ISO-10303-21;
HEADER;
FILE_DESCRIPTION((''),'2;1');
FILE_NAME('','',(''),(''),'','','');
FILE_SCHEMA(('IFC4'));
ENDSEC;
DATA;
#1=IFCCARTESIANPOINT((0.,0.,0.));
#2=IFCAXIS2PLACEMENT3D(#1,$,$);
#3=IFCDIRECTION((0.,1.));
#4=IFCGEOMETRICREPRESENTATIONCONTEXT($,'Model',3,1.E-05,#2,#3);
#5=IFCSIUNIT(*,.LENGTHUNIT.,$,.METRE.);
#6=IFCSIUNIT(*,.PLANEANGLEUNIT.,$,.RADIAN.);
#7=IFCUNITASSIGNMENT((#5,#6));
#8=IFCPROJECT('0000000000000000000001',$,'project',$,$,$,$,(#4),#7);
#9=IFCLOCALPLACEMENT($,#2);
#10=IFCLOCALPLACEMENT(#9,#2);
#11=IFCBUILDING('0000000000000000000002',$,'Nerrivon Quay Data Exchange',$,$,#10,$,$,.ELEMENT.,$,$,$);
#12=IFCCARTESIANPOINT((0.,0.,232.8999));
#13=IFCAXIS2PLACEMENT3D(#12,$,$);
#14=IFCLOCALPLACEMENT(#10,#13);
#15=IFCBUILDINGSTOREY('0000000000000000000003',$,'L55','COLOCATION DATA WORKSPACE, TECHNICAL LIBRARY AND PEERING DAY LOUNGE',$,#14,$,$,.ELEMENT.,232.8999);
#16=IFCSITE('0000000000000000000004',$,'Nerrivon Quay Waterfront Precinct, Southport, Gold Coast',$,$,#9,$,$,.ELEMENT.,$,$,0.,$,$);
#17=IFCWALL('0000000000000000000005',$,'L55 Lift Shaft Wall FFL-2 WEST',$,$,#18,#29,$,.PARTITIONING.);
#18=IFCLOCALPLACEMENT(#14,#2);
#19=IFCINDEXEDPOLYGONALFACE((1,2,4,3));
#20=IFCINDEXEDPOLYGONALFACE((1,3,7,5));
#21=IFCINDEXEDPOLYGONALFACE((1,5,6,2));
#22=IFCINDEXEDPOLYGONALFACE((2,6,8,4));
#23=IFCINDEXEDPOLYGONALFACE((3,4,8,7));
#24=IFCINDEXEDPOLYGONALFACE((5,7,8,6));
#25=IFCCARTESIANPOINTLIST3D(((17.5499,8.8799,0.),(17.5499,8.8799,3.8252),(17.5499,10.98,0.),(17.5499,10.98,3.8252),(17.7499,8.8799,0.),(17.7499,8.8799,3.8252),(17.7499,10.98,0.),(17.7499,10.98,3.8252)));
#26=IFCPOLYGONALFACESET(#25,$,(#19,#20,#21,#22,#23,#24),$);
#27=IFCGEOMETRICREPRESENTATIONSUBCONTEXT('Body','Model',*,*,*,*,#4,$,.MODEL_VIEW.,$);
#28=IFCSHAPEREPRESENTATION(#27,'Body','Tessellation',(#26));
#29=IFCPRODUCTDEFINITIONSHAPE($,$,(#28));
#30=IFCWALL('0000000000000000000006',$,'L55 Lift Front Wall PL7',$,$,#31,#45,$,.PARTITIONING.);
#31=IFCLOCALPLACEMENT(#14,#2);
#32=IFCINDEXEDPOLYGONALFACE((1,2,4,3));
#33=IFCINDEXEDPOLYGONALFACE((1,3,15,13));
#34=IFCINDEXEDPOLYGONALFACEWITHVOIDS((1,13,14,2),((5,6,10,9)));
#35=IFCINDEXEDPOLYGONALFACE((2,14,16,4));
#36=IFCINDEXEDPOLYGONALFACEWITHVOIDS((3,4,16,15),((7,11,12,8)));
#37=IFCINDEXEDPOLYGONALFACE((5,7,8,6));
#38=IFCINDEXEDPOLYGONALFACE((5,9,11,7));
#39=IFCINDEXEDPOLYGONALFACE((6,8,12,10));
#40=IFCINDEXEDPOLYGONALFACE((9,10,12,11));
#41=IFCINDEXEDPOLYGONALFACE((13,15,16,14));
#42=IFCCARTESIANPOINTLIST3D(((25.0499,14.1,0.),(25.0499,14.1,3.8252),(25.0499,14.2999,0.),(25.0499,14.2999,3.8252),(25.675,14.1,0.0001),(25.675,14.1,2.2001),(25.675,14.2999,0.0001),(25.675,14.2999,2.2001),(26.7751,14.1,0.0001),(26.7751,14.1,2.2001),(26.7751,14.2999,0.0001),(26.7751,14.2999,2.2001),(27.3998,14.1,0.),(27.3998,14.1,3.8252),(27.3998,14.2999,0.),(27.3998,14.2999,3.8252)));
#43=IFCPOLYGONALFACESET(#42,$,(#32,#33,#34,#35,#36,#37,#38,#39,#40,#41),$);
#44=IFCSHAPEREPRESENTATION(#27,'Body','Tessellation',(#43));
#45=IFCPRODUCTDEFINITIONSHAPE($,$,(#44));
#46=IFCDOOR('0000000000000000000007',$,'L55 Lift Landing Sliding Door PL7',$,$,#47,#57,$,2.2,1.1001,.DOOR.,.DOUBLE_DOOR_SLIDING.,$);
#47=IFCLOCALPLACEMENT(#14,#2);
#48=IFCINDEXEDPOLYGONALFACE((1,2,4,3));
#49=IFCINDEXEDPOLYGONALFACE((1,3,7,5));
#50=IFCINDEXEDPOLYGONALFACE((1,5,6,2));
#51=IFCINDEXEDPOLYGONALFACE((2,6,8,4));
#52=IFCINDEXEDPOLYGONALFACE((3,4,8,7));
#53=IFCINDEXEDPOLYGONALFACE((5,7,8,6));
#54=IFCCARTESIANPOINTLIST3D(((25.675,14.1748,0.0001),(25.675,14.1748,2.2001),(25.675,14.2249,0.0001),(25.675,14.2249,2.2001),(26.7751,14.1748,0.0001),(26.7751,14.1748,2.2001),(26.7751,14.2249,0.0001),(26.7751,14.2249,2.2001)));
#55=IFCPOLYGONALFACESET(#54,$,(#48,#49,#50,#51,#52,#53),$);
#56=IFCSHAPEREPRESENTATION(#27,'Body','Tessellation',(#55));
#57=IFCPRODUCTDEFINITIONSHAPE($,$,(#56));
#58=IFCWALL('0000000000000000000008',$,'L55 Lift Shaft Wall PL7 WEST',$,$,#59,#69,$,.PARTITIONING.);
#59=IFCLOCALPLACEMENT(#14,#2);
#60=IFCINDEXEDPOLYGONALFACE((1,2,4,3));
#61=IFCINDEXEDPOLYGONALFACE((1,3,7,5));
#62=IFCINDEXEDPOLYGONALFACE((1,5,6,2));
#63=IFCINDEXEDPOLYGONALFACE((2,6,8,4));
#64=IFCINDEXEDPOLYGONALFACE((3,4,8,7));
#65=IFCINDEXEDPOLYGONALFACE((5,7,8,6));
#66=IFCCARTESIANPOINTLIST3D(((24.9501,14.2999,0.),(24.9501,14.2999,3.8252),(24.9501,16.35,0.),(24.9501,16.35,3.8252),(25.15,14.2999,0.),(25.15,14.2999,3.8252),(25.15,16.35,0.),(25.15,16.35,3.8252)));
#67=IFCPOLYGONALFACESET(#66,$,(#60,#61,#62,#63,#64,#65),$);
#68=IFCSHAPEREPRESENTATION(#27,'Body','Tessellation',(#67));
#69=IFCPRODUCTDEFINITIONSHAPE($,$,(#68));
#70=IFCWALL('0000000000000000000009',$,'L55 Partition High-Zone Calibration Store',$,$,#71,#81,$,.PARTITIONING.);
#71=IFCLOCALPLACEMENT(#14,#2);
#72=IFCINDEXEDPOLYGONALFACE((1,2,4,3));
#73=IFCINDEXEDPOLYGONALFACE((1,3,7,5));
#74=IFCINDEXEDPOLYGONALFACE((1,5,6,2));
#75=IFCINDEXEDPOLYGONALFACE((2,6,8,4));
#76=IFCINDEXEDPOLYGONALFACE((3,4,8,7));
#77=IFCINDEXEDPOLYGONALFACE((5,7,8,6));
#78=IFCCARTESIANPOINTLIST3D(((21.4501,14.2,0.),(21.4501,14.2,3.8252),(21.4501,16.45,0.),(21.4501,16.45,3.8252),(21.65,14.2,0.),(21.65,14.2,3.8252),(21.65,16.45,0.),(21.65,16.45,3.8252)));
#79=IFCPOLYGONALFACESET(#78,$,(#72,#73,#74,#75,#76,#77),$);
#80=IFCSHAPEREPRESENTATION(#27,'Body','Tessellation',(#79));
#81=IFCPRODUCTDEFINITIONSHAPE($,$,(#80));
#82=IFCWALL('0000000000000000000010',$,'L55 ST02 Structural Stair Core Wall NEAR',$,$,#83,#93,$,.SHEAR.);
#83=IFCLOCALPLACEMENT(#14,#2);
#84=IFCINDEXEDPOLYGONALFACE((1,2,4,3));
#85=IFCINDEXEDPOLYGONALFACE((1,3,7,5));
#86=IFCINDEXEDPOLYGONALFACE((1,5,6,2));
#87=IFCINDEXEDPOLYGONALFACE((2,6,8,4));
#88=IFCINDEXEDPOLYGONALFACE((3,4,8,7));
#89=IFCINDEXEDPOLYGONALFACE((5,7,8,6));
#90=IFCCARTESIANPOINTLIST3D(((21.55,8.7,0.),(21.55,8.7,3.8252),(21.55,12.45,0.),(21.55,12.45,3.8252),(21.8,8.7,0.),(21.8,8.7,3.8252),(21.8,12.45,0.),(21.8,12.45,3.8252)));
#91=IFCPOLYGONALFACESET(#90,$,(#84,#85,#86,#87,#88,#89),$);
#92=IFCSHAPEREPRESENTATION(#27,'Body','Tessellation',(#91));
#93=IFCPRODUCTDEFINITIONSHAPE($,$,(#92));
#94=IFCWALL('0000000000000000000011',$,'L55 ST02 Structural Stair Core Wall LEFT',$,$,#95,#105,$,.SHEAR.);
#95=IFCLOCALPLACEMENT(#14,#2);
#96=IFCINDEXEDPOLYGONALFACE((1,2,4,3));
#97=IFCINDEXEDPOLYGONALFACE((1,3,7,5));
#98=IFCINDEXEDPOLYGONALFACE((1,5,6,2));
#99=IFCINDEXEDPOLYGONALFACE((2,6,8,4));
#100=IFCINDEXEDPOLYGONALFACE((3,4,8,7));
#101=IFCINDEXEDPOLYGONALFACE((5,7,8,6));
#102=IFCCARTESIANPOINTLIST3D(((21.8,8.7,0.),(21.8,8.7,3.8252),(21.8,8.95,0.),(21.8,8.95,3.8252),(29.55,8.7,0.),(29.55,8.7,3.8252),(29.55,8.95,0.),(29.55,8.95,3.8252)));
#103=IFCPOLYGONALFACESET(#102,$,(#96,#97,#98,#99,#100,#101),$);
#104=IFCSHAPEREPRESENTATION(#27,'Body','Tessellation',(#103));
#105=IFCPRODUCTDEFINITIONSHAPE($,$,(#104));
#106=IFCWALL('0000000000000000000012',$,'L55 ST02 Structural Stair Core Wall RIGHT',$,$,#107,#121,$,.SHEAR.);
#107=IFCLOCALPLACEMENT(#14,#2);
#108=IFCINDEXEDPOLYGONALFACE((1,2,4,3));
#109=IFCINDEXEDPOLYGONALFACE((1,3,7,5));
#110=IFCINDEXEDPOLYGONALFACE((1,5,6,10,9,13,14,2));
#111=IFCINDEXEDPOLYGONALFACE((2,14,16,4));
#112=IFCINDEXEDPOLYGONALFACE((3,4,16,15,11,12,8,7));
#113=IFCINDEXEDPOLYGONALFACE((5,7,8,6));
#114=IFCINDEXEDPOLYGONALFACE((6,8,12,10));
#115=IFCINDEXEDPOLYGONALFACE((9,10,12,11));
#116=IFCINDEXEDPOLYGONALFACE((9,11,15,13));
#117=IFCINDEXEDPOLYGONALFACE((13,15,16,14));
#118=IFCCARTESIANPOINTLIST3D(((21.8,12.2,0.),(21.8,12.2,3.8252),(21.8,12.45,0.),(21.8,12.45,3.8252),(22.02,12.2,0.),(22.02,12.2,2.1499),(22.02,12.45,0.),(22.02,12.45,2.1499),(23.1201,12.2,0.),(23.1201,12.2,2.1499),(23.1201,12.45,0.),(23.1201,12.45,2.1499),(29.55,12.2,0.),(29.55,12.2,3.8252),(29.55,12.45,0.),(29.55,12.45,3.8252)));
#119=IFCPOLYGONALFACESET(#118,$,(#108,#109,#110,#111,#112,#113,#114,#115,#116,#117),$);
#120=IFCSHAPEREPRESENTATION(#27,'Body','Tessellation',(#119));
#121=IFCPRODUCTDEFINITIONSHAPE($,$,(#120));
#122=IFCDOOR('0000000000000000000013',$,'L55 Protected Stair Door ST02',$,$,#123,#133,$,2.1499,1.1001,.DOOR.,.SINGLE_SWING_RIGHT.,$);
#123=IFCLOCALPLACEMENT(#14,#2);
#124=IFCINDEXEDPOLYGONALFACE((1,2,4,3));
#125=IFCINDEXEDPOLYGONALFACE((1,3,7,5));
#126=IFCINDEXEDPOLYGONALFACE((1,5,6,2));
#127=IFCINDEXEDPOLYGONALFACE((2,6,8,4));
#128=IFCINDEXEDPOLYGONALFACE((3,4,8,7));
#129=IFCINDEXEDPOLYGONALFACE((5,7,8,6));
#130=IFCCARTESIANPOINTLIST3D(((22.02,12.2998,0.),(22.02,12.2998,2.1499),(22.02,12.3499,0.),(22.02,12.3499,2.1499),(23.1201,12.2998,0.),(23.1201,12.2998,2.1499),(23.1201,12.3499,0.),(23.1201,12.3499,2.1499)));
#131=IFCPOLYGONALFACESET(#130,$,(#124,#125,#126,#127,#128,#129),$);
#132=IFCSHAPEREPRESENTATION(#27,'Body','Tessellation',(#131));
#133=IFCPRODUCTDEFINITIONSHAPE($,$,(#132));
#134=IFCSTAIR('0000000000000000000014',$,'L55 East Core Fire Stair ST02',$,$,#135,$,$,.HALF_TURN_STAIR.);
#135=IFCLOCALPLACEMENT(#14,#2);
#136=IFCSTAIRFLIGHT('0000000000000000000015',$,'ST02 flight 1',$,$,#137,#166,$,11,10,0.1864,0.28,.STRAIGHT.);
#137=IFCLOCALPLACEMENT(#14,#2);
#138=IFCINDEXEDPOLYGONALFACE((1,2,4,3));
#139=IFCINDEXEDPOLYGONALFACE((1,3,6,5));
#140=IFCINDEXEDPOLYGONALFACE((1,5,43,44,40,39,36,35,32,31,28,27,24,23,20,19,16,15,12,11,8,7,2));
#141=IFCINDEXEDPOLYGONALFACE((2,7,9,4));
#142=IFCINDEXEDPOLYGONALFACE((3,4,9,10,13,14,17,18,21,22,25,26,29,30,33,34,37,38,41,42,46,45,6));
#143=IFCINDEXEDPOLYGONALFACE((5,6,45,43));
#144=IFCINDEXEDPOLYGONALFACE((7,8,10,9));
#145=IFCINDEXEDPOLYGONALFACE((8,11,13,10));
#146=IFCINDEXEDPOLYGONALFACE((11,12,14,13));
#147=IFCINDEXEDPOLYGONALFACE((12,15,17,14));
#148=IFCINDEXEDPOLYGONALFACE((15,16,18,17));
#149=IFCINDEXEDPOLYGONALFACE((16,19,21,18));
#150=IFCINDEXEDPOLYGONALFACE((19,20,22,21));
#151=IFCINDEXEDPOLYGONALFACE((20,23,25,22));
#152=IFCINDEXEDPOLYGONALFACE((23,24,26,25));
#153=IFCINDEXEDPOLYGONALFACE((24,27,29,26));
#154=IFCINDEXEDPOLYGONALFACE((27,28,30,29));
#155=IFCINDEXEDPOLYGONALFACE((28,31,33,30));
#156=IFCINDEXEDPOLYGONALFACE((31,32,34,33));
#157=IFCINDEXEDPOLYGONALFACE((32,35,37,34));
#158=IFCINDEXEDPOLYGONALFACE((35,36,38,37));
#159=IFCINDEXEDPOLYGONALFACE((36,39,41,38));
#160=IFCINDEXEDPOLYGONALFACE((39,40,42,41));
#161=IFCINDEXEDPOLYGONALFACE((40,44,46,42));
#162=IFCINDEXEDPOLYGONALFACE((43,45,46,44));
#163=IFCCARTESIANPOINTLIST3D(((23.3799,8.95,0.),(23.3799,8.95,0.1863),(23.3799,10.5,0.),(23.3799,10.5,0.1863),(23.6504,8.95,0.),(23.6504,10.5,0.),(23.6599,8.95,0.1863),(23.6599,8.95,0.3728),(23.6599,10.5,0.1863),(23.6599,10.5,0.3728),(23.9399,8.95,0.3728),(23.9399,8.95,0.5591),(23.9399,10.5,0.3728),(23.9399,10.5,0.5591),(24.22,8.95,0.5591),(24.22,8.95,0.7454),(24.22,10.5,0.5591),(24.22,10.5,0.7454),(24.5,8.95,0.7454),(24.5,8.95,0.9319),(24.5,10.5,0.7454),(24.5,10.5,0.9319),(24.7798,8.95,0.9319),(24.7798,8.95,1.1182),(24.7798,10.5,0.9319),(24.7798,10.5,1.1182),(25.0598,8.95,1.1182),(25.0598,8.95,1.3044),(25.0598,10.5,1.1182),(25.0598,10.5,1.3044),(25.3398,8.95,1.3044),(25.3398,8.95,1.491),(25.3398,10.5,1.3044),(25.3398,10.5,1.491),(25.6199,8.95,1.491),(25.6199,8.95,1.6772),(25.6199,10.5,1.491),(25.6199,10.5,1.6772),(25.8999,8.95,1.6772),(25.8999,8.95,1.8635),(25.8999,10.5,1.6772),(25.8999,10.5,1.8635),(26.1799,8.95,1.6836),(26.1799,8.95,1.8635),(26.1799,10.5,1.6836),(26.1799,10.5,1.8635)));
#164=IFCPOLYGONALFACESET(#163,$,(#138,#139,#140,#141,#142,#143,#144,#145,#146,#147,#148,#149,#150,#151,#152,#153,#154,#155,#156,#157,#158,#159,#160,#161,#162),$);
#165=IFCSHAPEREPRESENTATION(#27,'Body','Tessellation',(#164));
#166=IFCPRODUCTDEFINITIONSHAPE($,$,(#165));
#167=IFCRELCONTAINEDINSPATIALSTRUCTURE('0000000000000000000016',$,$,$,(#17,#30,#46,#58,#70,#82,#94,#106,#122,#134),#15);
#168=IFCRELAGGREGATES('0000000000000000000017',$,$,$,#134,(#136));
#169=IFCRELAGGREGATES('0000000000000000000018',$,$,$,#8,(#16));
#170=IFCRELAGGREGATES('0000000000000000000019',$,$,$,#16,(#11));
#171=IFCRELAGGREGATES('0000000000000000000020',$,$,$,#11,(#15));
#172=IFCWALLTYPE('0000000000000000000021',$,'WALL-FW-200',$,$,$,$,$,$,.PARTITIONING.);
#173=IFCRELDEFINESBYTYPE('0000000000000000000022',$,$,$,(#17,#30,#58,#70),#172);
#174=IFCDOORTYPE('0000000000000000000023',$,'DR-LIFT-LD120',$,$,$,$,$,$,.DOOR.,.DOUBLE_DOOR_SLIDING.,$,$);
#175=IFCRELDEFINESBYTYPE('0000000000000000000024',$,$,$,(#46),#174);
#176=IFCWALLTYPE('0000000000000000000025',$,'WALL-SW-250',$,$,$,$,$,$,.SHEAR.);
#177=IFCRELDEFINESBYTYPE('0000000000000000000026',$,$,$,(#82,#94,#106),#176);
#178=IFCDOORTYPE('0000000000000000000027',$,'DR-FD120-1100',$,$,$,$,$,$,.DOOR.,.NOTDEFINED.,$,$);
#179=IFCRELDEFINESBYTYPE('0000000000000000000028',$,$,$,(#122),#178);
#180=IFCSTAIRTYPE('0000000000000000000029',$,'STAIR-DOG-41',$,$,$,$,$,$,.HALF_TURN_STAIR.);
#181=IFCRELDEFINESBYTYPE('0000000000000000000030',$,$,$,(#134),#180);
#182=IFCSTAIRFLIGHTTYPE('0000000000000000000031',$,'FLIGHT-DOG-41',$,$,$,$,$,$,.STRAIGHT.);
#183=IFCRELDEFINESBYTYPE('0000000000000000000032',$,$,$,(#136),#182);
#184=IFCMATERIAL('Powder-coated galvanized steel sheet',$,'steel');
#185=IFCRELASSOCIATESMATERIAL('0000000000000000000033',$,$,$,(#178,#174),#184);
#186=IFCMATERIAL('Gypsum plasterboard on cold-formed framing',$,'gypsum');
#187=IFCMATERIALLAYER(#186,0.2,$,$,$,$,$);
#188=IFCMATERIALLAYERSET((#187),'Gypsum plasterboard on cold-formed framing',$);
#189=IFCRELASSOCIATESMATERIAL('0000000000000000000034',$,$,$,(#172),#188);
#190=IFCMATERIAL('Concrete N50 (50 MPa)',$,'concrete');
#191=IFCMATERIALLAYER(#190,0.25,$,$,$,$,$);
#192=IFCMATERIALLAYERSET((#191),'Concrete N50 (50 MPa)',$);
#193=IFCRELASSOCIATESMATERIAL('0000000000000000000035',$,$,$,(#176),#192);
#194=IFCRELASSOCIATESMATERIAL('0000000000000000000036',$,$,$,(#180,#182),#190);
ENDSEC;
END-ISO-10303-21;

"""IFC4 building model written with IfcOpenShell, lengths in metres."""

from ifc_helpers import new_model, si_unit, direction, frame, frame_2d, origin, place, context, subcontext, project, spatial, polyline, rectangle, outline, extrude, material, layer, layer_set, type_object, element, fill, aggregate, save


model = new_model("IFC4")

# Units and contexts
model_context = context("Model", 3, precision=1e-05, world=origin(), true_north=direction((0.0, 1.0)))
body_context = subcontext(model_context, "Body", "Model", "MODEL_VIEW")
ifc_project = project(units=[si_unit("LENGTHUNIT", "METRE"), si_unit("PLANEANGLEUNIT", "RADIAN")], contexts=[model_context])

# Site, building, storey
site_placement = place(None, origin())
site = spatial("IfcSite", under=ifc_project, at=site_placement, Name="Nerrivon Quay Waterfront Precinct, Southport, Gold Coast", CompositionType="ELEMENT", RefElevation=0.0)
building_placement = place(site_placement, origin())
building = spatial("IfcBuilding", under=site, at=building_placement, Name="Nerrivon Quay Data Exchange", CompositionType="ELEMENT")
storey_placement = place(building_placement, frame((0.0, 0.0, 232.8999)))
storey = spatial("IfcBuildingStorey", under=building, at=storey_placement, Name="L55", Description="COLOCATION DATA WORKSPACE, TECHNICAL LIBRARY AND PEERING DAY LOUNGE", CompositionType="ELEMENT", Elevation=232.8999)

# Shared definitions
ifc_material_1 = material(Name="Concrete N50 (50 MPa)", Category="concrete")

# Shared definitions
ifc_material_2 = material(Name="Powder-coated galvanized steel sheet", Category="steel")
door_type_1 = type_object("IfcDoorType", Name="DR-FD120-1100", OperationType="NOTDEFINED", PredefinedType="DOOR", material=ifc_material_2)

# Shared definitions
ifc_material_3 = material(Name="Gypsum plasterboard on cold-formed framing", Category="gypsum")
ifc_layer_1 = layer(ifc_material_3, 0.2)
ifc_layer_set_1 = layer_set([ifc_layer_1], Name="Gypsum plasterboard on cold-formed framing")
wall_type_1 = type_object("IfcWallType", Name="WALL-FW-200", PredefinedType="PARTITIONING", material=ifc_layer_set_1)

# Shared definitions
door_type_2 = type_object("IfcDoorType", Name="DR-LIFT-LD120", OperationType="DOUBLE_DOOR_SLIDING", PredefinedType="DOOR", material=ifc_material_2)

# Wall
for number, where, z_axis, x_axis, name in (
    (1, (17.6499, 8.8799, 0.0), (0.0, 0.0, 1.0), (0.0, 1.0, 0.0), "L55 Lift Shaft Wall FFL-2 WEST"),
):
    element("IfcWall", number, at=place(storey_placement, frame(where, z_axis=z_axis, x_axis=x_axis)), inside=storey, type_object=wall_type_1, Name=name, PredefinedType="PARTITIONING", context=body_context, shape_type="SweptSolid", body=[
        extrude(rectangle(XDim=2.1001, YDim=0.2, at=frame_2d((1.05, 0.0))), origin(), (0.0, 0.0, 1.0), 3.8252),
    ])

# Wall, opening, door
wall_1_placement = place(storey_placement, frame((25.05, 14.2, 0.0), z_axis=(0.0, 0.0, 1.0), x_axis=(1.0, 0.0, 0.0)))
wall_1 = element("IfcWall", 2, at=wall_1_placement, inside=storey, type_object=wall_type_1, Name="L55 Lift Front Wall PL7", PredefinedType="PARTITIONING", context=body_context, shape_type="SweptSolid", body=[
    extrude(rectangle(XDim=2.3499, YDim=0.2, at=frame_2d((1.1748, 0.0))), origin(), (0.0, 0.0, 1.0), 3.8252),
])
opening_1_placement = place(wall_1_placement, frame((0.625, 0.0, 0.0)))
opening_1 = element("IfcOpeningElement", 3, at=opening_1_placement, cuts=wall_1, PredefinedType="OPENING", context=body_context, shape_type="SweptSolid", body=[
    extrude(rectangle(XDim=1.1001, YDim=2.2, at=frame_2d((0.55, 1.1001))), frame((0.0, 0.1099, 0.0), z_axis=(0.0, -1.0, 0.0), x_axis=(1.0, 0.0, 0.0)), (0.0, 0.0, 1.0), 0.22),
])
door_1_placement = place(opening_1_placement, origin())
door_1 = element("IfcDoor", 4, at=door_1_placement, inside=storey, type_object=door_type_2, Name="L55 Lift Landing Sliding Door PL7", OperationType="DOUBLE_DOOR_SLIDING", OverallHeight=2.2, OverallWidth=1.1001, PredefinedType="DOOR", context=body_context, shape_type="SweptSolid", body=[
    extrude(rectangle(XDim=1.1001, YDim=2.2, at=frame_2d((0.55, 1.1001))), frame((0.0, 0.0249, 0.0), z_axis=(0.0, -1.0, 0.0), x_axis=(1.0, 0.0, 0.0)), (0.0, 0.0, 1.0), 0.05),
])
fill(opening_1, door_1)

# Walls
wall_2_placement = place(storey_placement, frame((25.05, 14.3, 0.0), z_axis=(0.0, 0.0, 1.0), x_axis=(0.0, 1.0, 0.0)))
element("IfcWall", 5, at=wall_2_placement, inside=storey, type_object=wall_type_1, Name="L55 Lift Shaft Wall PL7 WEST", PredefinedType="PARTITIONING", context=body_context, shape_type="SweptSolid", body=[
    extrude(rectangle(XDim=2.05, YDim=0.2, at=frame_2d((1.0249, 0.0))), origin(), (0.0, 0.0, 1.0), 3.8252),
])
wall_3_placement = place(storey_placement, frame((21.55, 14.2, 0.0), z_axis=(0.0, 0.0, 1.0), x_axis=(0.0, 1.0, 0.0)))
element("IfcWall", 6, at=wall_3_placement, inside=storey, type_object=wall_type_1, Name="L55 Partition High-Zone Calibration Store", PredefinedType="PARTITIONING", context=body_context, shape_type="SweptSolid", body=[
    extrude(rectangle(XDim=2.25, YDim=0.2, at=frame_2d((1.125, 0.0))), origin(), (0.0, 0.0, 1.0), 3.8252),
])

# Walls
ifc_layer_2 = layer(ifc_material_1, 0.25)
ifc_layer_set_2 = layer_set([ifc_layer_2], Name="Concrete N50 (50 MPa)")
wall_type_2 = type_object("IfcWallType", Name="WALL-SW-250", PredefinedType="SHEAR", material=ifc_layer_set_2)
wall_4_placement = place(storey_placement, frame((21.675, 8.7, 0.0), z_axis=(0.0, 0.0, 1.0), x_axis=(0.0, 1.0, 0.0)))
element("IfcWall", 7, at=wall_4_placement, inside=storey, type_object=wall_type_2, Name="L55 ST02 Structural Stair Core Wall NEAR", PredefinedType="SHEAR", context=body_context, shape_type="SweptSolid", body=[
    extrude(rectangle(XDim=3.75, YDim=0.25, at=frame_2d((1.875, 0.0))), origin(), (0.0, 0.0, 1.0), 3.8252),
])
wall_5_placement = place(storey_placement, frame((21.8, 8.825, 0.0), z_axis=(0.0, 0.0, 1.0), x_axis=(1.0, 0.0, 0.0)))
element("IfcWall", 8, at=wall_5_placement, inside=storey, type_object=wall_type_2, Name="L55 ST02 Structural Stair Core Wall LEFT", PredefinedType="SHEAR", context=body_context, shape_type="SweptSolid", body=[
    extrude(rectangle(XDim=7.75, YDim=0.25, at=frame_2d((3.875, 0.0))), origin(), (0.0, 0.0, 1.0), 3.8252),
])

# Wall, opening, door
wall_6_placement = place(storey_placement, frame((21.8, 12.325, 0.0), z_axis=(0.0, 0.0, 1.0), x_axis=(1.0, 0.0, 0.0)))
wall_6 = element("IfcWall", 9, at=wall_6_placement, inside=storey, type_object=wall_type_2, Name="L55 ST02 Structural Stair Core Wall RIGHT", PredefinedType="SHEAR", context=body_context, shape_type="SweptSolid", body=[
    extrude(rectangle(XDim=7.75, YDim=0.25, at=frame_2d((3.875, 0.0))), origin(), (0.0, 0.0, 1.0), 3.8252),
])
opening_2_placement = place(wall_6_placement, frame((0.22, 0.0, 0.0)))
opening_2 = element("IfcOpeningElement", 10, at=opening_2_placement, cuts=wall_6, PredefinedType="OPENING", context=body_context, shape_type="SweptSolid", body=[
    extrude(rectangle(XDim=1.1001, YDim=2.1499, at=frame_2d((0.55, 1.075))), frame((0.0, 0.135, 0.0), z_axis=(0.0, -1.0, 0.0), x_axis=(1.0, 0.0, 0.0)), (0.0, 0.0, 1.0), 0.27),
])
door_2_placement = place(opening_2_placement, origin())
door_2 = element("IfcDoor", 11, at=door_2_placement, inside=storey, type_object=door_type_1, Name="L55 Protected Stair Door ST02", OperationType="SINGLE_SWING_RIGHT", OverallHeight=2.1499, OverallWidth=1.1001, PredefinedType="DOOR", context=body_context, shape_type="SweptSolid", body=[
    extrude(rectangle(XDim=1.1001, YDim=2.1499, at=frame_2d((0.55, 1.075))), frame((0.0, 0.0249, 0.0), z_axis=(0.0, -1.0, 0.0), x_axis=(1.0, 0.0, 0.0)), (0.0, 0.0, 1.0), 0.05),
])
fill(opening_2, door_2)

# Stair, stair flight
stair_type = type_object("IfcStairType", Name="STAIR-DOG-41", PredefinedType="HALF_TURN_STAIR", material=ifc_material_1)
stair_placement = place(storey_placement, origin())
stair = element("IfcStair", 12, at=stair_placement, inside=storey, type_object=stair_type, Name="L55 East Core Fire Stair ST02", PredefinedType="HALF_TURN_STAIR")
stair_flight_type = type_object("IfcStairFlightType", Name="FLIGHT-DOG-41", PredefinedType="STRAIGHT", material=ifc_material_1)
stair_flight_placement = place(storey_placement, frame((23.3799, 9.7251, 0.0), z_axis=(0.0, 0.0, 1.0), x_axis=(1.0, 0.0, 0.0)))
stair_flight = element("IfcStairFlight", 13, at=stair_flight_placement, type_object=stair_flight_type, Name="ST02 flight 1", NumberOfRisers=11, NumberOfTreads=10, PredefinedType="STRAIGHT", RiserHeight=0.1864, TreadLength=0.28, context=body_context, shape_type="SweptSolid", body=[
    extrude(outline(polyline([(0.0, 0.0), (0.0, 0.1863), (0.28, 0.1863), (0.28, 0.3728), (0.5601, 0.3728), (0.5601, 0.5591), (0.8401, 0.5591), (0.8401, 0.7454), (1.1201, 0.7454), (1.1201, 0.9319), (1.3999, 0.9319), (1.3999, 1.1182), (1.6799, 1.1182), (1.6799, 1.3044), (1.96, 1.3044), (1.96, 1.491), (2.24, 1.491), (2.24, 1.6772), (2.52, 1.6772), (2.52, 1.8635), (2.8, 1.8635), (2.8, 2.05), (2.8, 1.6836), (0.2705, 0.0), (0.0, 0.0)])), frame((0.0, 0.7749, 0.0), z_axis=(0.0, -1.0, 0.0), x_axis=(1.0, 0.0, 0.0)), (0.0, 0.0, 1.0), 1.55),
])
aggregate(stair, [stair_flight])

save(model, "model.ifc")
